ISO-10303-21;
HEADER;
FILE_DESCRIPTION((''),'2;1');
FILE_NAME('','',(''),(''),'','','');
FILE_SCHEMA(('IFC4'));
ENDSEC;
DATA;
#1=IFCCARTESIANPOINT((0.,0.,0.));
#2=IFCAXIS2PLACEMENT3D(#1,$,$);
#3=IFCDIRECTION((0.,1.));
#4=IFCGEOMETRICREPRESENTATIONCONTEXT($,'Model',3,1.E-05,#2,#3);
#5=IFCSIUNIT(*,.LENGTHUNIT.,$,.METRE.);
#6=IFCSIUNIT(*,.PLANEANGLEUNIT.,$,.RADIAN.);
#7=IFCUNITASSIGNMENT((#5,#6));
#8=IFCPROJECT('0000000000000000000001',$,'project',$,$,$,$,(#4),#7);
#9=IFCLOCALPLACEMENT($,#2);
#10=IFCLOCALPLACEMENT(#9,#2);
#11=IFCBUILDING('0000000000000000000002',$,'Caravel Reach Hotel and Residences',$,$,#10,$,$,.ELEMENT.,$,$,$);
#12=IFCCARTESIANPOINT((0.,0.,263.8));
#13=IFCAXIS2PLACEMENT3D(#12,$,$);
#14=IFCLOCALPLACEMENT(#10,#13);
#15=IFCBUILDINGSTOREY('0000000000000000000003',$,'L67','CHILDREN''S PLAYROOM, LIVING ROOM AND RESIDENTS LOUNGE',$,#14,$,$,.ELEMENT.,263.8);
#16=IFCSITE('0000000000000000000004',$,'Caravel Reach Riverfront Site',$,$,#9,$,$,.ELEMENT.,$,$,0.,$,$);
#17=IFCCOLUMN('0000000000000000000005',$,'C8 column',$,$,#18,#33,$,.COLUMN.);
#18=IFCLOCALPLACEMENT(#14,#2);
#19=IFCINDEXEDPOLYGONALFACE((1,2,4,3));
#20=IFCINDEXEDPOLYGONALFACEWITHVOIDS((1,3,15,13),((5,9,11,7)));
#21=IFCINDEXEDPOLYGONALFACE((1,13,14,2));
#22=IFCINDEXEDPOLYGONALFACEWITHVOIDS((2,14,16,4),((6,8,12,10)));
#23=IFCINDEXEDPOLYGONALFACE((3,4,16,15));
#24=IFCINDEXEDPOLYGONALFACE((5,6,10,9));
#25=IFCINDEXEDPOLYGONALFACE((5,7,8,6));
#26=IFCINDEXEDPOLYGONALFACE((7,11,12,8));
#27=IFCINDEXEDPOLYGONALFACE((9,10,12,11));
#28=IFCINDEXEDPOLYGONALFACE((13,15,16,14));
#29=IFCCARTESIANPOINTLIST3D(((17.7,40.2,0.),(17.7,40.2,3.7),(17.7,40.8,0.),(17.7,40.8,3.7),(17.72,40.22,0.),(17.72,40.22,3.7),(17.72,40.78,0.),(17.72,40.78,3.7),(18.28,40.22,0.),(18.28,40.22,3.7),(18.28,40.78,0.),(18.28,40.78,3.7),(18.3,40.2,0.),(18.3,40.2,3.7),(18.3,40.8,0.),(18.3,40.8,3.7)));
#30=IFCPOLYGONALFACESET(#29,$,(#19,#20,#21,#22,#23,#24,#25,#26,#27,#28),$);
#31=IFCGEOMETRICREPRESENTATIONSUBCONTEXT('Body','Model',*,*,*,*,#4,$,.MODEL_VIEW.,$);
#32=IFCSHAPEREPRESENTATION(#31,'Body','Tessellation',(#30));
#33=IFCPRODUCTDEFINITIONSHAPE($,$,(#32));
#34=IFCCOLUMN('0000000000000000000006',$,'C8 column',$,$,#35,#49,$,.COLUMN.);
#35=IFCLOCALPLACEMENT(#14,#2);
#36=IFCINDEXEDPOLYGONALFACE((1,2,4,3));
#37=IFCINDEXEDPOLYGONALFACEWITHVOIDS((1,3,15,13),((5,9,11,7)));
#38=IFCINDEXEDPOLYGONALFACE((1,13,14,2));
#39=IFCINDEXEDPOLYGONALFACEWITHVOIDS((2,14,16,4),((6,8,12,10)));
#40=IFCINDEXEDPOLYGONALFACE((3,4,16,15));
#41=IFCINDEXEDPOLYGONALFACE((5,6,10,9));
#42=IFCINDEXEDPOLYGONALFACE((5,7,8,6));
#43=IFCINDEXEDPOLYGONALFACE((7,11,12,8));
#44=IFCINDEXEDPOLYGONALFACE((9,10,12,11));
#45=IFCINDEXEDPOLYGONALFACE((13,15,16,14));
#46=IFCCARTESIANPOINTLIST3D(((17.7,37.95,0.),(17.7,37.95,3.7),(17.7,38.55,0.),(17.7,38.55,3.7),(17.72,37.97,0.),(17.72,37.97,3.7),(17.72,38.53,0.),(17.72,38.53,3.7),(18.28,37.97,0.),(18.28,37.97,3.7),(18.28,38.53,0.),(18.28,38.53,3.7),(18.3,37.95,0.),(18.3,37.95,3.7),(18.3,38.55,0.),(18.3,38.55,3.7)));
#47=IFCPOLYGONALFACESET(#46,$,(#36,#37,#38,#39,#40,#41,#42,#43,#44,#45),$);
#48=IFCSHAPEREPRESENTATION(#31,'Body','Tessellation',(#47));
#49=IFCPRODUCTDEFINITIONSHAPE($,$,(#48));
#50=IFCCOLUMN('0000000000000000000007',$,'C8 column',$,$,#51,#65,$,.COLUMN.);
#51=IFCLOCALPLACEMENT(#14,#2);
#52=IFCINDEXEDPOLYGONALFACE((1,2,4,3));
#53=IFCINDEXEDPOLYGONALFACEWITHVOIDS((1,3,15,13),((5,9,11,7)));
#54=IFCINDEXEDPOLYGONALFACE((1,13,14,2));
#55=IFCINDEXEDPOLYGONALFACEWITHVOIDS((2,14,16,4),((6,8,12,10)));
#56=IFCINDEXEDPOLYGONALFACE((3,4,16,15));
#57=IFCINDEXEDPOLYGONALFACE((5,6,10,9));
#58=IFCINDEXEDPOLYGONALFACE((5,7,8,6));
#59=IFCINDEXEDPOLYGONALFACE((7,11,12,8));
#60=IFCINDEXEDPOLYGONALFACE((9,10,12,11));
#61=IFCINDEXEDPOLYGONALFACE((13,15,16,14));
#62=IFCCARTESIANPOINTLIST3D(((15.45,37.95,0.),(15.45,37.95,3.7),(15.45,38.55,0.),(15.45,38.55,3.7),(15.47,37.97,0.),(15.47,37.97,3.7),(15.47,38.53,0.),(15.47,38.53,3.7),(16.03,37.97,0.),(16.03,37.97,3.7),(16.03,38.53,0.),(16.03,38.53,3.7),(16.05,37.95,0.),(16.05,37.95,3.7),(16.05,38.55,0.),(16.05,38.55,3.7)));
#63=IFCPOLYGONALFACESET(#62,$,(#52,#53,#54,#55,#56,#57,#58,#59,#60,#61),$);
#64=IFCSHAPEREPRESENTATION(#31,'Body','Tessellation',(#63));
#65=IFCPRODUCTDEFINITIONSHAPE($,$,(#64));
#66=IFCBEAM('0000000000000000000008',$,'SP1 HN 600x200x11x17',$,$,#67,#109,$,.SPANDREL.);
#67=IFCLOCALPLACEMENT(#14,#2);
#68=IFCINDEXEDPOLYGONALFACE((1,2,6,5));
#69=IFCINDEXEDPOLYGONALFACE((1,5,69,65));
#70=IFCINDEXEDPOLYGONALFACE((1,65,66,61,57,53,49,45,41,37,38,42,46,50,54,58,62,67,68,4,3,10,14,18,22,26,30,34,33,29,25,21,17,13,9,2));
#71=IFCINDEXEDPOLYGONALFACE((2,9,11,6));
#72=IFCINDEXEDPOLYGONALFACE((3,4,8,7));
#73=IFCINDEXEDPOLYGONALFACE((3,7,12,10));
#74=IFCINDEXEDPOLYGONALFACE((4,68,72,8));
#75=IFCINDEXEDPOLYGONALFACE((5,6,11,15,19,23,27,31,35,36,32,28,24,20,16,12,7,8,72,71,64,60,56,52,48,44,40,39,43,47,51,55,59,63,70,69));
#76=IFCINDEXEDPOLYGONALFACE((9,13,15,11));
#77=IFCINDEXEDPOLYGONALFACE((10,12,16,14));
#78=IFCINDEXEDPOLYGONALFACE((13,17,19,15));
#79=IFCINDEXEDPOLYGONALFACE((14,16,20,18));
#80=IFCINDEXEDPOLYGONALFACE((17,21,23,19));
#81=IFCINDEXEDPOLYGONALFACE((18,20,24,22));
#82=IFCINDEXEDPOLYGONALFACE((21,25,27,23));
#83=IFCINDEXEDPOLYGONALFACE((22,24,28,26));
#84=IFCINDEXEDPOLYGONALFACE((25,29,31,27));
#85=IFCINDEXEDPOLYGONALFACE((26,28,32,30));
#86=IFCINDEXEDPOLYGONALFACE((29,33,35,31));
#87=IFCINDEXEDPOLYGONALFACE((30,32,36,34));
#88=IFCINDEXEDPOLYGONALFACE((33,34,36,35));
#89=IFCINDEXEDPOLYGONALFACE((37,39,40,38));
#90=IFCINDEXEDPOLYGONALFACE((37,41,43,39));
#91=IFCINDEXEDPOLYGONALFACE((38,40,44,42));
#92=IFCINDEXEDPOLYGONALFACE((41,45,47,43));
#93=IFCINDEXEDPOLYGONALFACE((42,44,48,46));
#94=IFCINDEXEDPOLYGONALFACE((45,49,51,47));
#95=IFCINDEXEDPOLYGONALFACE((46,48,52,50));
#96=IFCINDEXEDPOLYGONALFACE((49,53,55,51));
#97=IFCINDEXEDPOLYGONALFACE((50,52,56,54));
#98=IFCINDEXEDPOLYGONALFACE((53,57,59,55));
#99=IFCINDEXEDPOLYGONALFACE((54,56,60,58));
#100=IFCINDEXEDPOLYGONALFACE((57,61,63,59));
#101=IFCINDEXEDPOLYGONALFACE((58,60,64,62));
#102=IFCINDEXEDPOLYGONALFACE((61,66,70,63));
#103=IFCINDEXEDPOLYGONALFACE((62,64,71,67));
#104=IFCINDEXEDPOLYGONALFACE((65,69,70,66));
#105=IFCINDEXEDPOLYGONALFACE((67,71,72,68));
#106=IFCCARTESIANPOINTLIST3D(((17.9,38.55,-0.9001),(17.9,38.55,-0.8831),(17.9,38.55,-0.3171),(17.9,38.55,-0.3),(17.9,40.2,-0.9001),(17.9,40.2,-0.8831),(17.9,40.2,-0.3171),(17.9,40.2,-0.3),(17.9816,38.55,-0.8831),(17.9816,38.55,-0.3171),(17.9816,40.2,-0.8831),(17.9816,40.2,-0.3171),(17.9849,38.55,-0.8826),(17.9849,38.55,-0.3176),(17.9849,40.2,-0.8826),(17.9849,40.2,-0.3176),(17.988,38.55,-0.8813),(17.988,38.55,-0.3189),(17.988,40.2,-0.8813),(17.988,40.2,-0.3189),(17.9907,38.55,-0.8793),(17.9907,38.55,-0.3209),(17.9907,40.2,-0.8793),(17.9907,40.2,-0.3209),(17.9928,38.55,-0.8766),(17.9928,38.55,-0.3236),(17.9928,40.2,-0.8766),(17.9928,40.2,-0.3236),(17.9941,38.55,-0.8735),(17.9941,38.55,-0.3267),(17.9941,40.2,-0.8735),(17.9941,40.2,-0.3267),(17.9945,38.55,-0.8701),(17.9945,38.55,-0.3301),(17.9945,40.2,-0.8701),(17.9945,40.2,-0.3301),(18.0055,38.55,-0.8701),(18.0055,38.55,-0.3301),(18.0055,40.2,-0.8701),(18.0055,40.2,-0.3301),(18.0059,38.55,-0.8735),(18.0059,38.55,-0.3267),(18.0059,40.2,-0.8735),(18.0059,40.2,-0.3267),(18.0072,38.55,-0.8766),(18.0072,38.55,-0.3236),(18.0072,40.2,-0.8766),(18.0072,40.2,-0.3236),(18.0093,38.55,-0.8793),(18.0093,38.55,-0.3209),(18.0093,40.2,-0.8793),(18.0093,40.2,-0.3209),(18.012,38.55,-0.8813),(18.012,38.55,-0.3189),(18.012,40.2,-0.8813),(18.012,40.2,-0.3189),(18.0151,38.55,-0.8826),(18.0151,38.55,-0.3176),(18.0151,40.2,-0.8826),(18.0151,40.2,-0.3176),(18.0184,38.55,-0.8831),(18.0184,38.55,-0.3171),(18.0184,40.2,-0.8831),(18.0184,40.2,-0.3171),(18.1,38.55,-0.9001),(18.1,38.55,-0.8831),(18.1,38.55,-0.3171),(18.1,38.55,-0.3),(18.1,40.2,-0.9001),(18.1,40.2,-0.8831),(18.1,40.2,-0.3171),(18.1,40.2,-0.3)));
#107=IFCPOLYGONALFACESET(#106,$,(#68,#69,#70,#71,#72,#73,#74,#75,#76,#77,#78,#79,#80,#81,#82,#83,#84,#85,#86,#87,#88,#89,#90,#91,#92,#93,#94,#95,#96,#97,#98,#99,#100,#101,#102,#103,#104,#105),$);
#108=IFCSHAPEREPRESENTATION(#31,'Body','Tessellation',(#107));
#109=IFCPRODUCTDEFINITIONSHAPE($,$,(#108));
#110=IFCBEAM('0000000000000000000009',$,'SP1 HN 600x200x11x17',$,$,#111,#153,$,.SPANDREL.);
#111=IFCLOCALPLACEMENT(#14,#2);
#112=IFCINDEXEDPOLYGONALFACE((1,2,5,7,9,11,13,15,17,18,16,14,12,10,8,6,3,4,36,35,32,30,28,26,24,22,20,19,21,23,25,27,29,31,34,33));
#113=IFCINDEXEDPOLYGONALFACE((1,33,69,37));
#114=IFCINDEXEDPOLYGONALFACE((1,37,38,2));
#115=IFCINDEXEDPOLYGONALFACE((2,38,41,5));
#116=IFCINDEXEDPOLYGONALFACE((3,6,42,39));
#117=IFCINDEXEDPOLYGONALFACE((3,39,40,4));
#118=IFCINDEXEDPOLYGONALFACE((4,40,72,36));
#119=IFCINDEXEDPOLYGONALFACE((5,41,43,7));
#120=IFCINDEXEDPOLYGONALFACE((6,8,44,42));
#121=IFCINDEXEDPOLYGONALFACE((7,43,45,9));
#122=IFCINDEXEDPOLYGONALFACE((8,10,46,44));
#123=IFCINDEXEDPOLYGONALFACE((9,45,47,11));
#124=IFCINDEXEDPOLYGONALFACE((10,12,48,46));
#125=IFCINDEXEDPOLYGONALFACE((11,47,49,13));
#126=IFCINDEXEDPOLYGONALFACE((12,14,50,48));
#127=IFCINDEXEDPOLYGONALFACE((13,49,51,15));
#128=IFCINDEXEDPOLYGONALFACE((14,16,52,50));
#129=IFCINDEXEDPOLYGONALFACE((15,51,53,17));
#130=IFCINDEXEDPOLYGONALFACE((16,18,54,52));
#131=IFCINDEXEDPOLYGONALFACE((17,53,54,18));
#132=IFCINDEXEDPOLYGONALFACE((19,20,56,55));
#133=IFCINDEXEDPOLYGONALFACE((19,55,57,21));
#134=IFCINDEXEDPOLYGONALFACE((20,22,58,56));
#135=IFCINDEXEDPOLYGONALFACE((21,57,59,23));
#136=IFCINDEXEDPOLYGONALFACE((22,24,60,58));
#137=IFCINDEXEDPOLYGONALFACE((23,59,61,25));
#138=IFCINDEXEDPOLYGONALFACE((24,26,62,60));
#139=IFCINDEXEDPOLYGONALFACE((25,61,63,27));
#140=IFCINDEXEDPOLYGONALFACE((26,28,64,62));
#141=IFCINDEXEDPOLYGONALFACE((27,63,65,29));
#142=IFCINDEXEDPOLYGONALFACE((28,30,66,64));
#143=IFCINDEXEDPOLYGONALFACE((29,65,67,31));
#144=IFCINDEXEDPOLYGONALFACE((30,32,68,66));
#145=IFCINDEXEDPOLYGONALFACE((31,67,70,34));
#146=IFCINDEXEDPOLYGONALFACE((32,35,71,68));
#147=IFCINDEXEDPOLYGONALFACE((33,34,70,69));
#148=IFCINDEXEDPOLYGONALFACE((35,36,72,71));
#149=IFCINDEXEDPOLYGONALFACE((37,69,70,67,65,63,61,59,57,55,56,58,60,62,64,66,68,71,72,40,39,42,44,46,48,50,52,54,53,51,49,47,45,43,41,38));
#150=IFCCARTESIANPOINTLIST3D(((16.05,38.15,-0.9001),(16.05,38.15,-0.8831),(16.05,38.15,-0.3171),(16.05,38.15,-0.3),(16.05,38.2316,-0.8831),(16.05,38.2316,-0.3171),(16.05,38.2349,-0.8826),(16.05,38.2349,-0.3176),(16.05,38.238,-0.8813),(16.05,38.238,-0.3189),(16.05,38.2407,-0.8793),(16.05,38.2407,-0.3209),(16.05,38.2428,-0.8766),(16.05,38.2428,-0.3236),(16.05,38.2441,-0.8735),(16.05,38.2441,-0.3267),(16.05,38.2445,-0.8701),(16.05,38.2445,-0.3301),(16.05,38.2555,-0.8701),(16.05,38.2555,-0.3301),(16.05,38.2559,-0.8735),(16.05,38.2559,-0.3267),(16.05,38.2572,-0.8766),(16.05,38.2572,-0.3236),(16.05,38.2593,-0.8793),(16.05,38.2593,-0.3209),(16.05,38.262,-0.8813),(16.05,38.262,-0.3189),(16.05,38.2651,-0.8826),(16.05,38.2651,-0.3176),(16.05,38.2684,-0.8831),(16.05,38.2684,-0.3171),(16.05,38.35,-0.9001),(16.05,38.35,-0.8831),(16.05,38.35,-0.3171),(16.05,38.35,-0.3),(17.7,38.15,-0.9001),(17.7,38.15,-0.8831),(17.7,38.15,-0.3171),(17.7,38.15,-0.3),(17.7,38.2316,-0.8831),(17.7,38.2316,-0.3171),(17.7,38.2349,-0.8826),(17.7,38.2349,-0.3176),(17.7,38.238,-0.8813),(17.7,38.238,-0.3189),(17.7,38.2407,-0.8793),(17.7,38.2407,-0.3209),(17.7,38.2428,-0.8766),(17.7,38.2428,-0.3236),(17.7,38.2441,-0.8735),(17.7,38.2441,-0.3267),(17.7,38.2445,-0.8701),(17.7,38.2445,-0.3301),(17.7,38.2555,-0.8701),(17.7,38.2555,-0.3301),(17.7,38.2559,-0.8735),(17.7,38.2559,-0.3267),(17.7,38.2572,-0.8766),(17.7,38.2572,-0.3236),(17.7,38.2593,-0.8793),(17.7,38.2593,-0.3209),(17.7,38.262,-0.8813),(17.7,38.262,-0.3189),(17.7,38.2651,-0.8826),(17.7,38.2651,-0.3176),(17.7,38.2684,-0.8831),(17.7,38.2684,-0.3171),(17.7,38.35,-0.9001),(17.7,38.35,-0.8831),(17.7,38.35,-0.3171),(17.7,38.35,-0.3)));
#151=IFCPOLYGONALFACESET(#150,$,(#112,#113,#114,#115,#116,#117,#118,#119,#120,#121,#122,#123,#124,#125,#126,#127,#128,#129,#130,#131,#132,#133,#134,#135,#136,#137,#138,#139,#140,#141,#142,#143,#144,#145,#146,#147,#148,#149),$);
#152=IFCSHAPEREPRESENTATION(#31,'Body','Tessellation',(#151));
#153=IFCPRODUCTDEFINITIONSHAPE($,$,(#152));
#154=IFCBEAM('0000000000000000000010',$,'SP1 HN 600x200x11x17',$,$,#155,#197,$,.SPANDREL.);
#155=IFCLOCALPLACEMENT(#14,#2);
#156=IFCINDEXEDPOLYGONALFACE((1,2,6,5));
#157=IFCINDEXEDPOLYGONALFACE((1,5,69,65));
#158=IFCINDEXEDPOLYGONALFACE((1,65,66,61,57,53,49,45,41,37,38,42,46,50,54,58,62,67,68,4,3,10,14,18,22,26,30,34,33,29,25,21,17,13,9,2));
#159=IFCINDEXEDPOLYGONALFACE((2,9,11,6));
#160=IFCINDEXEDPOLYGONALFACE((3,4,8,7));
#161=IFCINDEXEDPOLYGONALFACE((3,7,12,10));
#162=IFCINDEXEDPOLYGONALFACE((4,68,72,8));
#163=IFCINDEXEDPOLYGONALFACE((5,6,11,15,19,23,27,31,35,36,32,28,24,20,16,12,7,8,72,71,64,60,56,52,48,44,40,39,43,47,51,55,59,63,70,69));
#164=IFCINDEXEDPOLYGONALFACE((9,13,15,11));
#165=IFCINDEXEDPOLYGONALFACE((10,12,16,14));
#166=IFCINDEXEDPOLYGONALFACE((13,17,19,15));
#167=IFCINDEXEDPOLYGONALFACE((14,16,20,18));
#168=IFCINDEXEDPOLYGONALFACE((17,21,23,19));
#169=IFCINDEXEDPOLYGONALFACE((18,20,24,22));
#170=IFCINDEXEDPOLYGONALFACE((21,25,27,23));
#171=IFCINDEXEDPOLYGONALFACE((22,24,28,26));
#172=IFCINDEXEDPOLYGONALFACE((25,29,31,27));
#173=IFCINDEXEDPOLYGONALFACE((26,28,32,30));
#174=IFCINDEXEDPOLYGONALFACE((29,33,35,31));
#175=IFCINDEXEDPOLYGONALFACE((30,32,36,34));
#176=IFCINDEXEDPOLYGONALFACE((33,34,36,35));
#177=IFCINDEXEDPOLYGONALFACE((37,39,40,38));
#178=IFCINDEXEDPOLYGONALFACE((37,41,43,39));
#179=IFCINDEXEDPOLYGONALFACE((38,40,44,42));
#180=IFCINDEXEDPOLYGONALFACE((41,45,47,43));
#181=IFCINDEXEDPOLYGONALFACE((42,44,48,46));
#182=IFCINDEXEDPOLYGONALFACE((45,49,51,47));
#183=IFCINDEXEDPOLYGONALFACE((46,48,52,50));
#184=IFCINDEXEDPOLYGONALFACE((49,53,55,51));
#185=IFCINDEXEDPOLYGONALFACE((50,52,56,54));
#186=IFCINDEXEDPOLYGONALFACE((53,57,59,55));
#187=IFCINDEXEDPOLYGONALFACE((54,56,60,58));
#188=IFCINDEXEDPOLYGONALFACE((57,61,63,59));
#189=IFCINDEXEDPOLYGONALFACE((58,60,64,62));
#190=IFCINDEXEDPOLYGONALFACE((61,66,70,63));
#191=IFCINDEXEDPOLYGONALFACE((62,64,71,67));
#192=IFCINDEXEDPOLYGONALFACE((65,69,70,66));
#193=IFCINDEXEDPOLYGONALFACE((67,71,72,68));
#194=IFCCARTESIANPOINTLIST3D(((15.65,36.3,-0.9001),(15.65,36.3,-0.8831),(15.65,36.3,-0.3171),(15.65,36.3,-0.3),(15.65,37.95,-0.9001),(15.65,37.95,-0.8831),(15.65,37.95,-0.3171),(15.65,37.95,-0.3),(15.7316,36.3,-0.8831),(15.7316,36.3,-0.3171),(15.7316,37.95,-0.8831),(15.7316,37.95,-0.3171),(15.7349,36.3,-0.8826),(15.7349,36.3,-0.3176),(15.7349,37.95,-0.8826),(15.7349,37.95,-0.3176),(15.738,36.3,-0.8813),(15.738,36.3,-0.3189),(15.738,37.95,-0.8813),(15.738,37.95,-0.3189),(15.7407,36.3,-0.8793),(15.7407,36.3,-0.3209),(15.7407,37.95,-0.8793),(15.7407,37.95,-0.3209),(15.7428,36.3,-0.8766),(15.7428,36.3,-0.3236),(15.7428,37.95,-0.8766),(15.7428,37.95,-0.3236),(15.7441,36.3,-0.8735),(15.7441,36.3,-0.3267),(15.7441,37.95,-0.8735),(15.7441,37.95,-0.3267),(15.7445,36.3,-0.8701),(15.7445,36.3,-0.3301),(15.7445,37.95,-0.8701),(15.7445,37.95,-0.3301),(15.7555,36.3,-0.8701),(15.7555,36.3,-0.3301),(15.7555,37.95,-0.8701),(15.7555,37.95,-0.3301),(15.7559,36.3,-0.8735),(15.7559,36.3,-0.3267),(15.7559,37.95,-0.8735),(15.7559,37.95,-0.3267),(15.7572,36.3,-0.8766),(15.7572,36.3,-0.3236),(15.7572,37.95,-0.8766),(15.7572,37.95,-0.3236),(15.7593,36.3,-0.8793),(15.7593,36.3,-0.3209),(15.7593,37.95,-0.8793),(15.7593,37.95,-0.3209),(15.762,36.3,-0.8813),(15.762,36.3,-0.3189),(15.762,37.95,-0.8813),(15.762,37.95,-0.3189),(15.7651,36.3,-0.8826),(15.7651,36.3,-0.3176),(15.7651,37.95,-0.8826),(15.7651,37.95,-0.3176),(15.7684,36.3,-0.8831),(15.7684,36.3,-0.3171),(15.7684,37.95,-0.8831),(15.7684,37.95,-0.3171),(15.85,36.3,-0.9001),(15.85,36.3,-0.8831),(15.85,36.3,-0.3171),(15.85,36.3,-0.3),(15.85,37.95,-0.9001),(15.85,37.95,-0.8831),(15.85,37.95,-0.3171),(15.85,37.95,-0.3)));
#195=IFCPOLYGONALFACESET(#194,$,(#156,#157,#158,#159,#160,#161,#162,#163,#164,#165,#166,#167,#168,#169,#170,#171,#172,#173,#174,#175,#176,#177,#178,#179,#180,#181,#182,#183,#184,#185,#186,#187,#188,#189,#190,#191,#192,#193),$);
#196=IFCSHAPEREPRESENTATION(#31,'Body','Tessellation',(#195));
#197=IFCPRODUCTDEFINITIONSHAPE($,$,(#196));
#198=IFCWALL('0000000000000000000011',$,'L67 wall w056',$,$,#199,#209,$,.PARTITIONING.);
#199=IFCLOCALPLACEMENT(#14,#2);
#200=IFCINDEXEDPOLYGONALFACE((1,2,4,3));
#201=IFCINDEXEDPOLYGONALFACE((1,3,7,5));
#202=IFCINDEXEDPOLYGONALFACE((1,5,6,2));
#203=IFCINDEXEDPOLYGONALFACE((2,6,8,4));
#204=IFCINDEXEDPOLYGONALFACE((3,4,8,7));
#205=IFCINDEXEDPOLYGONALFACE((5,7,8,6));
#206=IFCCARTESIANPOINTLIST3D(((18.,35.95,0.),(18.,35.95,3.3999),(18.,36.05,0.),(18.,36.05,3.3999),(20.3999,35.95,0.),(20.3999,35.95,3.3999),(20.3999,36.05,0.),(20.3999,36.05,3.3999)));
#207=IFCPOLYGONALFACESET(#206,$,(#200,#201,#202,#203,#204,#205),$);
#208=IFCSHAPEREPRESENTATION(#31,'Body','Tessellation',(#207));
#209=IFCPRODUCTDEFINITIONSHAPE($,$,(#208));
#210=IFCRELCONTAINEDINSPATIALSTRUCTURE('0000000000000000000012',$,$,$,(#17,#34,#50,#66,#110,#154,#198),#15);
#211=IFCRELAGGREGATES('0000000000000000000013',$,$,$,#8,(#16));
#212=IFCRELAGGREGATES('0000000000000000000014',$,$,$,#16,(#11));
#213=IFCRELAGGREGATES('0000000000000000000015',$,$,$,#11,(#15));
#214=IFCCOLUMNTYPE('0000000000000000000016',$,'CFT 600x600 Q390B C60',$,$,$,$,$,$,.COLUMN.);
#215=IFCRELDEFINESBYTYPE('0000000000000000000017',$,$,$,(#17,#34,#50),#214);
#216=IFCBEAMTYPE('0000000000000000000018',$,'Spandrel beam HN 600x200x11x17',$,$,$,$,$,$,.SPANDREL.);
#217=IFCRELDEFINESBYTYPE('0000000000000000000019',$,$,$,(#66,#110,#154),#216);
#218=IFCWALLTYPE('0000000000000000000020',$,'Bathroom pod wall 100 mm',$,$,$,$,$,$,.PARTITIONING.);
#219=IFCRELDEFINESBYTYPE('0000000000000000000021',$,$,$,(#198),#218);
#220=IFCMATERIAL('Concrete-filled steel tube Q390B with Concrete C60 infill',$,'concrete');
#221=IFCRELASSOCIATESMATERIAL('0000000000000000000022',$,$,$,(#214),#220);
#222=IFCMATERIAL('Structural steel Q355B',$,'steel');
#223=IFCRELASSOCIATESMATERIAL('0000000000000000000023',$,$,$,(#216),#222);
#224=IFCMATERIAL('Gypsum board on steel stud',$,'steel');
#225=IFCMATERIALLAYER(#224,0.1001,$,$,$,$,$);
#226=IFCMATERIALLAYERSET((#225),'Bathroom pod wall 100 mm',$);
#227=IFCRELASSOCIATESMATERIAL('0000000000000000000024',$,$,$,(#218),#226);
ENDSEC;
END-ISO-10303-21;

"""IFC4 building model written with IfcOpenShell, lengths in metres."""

from ifc_helpers import new_model, si_unit, direction, frame, frame_2d, origin, origin_2d, place, context, subcontext, project, spatial, rectangle, hollow_rectangle, i_section, extrude, material, layer, layer_set, material_profile, profile_set, type_object, element, save


model = new_model("IFC4")

# Units and contexts
model_context = context("Model", 3, precision=1e-05, world=origin(), true_north=direction((0.0, 1.0)))
body_context = subcontext(model_context, "Body", "Model", "MODEL_VIEW")
ifc_project = project(units=[si_unit("LENGTHUNIT", "METRE"), si_unit("PLANEANGLEUNIT", "RADIAN")], contexts=[model_context])

# Site, building, storey
site_placement = place(None, origin())
site = spatial("IfcSite", under=ifc_project, at=site_placement, Name="Caravel Reach Riverfront Site", CompositionType="ELEMENT", RefElevation=0.0)
building_placement = place(site_placement, origin())
building = spatial("IfcBuilding", under=site, at=building_placement, Name="Caravel Reach Hotel and Residences", CompositionType="ELEMENT")
storey_placement = place(building_placement, frame((0.0, 0.0, 263.8)))
storey = spatial("IfcBuildingStorey", under=building, at=storey_placement, Name="L67", Description="CHILDREN'S PLAYROOM, LIVING ROOM AND RESIDENTS LOUNGE", CompositionType="ELEMENT", Elevation=263.8)

# Columns
ifc_material_1 = material(Name="Concrete-filled steel tube Q390B with Concrete C60 infill", Category="concrete")
ifc_material_profile_1 = material_profile(ifc_material_1, hollow_rectangle(XDim=0.6001, YDim=0.6001, WallThickness=0.02, at=origin_2d()), Name="RHS 600x600x20")
ifc_profile_set_1 = profile_set([ifc_material_profile_1], Name="Concrete-filled steel tube Q390B with Concrete C60 infill")
column_type = type_object("IfcColumnType", Name="CFT 600x600 Q390B C60", PredefinedType="COLUMN", material=ifc_profile_set_1)
for number, where, z_axis, x_axis, name in (
    (1, (18.0, 40.5, 0.0), (0.0, 0.0, 1.0), (1.0, 0.0, 0.0), "C8 column"),
    (2, (18.0, 38.25, 0.0), (0.0, 0.0, 1.0), (1.0, 0.0, 0.0), "C8 column"),
    (3, (15.75, 38.25, 0.0), (0.0, 0.0, 1.0), (1.0, 0.0, 0.0), "C8 column"),
):
    element("IfcColumn", number, at=place(storey_placement, frame(where, z_axis=z_axis, x_axis=x_axis)), inside=storey, type_object=column_type, Name=name, PredefinedType="COLUMN", context=body_context, shape_type="SweptSolid", body=[
        extrude(hollow_rectangle(XDim=0.6001, YDim=0.6001, WallThickness=0.02, at=origin_2d()), origin(), (0.0, 0.0, 1.0), 3.7),
    ])

# Beams
ifc_material_2 = material(Name="Structural steel Q355B", Category="steel")
ifc_material_profile_2 = material_profile(ifc_material_2, i_section(OverallWidth=0.2, OverallDepth=0.6001, WebThickness=0.011, FlangeThickness=0.0171, FilletRadius=0.0129, at=origin_2d()), Name="HN 600x200x11x17")
ifc_profile_set_2 = profile_set([ifc_material_profile_2], Name="Structural steel Q355B")
beam_type = type_object("IfcBeamType", Name="Spandrel beam HN 600x200x11x17", PredefinedType="SPANDREL", material=ifc_profile_set_2)
for number, where, z_axis, x_axis, name in (
    (4, (18.0, 40.2, -0.6001), (0.0, -1.0, 0.0), (1.0, 0.0, 0.0), "SP1 HN 600x200x11x17"),
    (5, (17.7, 38.25, -0.6001), (-1.0, 0.0, 0.0), (0.0, -1.0, 0.0), "SP1 HN 600x200x11x17"),
    (6, (15.75, 37.95, -0.6001), (0.0, -1.0, 0.0), (1.0, 0.0, 0.0), "SP1 HN 600x200x11x17"),
):
    element("IfcBeam", number, at=place(storey_placement, frame(where, z_axis=z_axis, x_axis=x_axis)), inside=storey, type_object=beam_type, Name=name, PredefinedType="SPANDREL", context=body_context, shape_type="SweptSolid", body=[
        extrude(i_section(OverallWidth=0.2, OverallDepth=0.6001, WebThickness=0.011, FlangeThickness=0.0171, FilletRadius=0.0129, at=origin_2d()), origin(), (0.0, 0.0, 1.0), 1.6499),
    ])

# Wall
ifc_material_3 = material(Name="Gypsum board on steel stud", Category="steel")
ifc_layer_1 = layer(ifc_material_3, 0.1001)
ifc_layer_set_1 = layer_set([ifc_layer_1], Name="Bathroom pod wall 100 mm")
wall_type_1 = type_object("IfcWallType", Name="Bathroom pod wall 100 mm", PredefinedType="PARTITIONING", material=ifc_layer_set_1)
wall_1_placement = place(storey_placement, frame((18.0, 36.0, 0.0), z_axis=(0.0, 0.0, 1.0), x_axis=(1.0, 0.0, 0.0)))
element("IfcWall", 7, at=wall_1_placement, inside=storey, type_object=wall_type_1, Name="L67 wall w056", PredefinedType="PARTITIONING", context=body_context, shape_type="SweptSolid", body=[
    extrude(rectangle(XDim=2.3999, YDim=0.1001, at=frame_2d((1.2, 0.0))), origin(), (0.0, 0.0, 1.0), 3.3999),
])

save(model, "model.ifc")
